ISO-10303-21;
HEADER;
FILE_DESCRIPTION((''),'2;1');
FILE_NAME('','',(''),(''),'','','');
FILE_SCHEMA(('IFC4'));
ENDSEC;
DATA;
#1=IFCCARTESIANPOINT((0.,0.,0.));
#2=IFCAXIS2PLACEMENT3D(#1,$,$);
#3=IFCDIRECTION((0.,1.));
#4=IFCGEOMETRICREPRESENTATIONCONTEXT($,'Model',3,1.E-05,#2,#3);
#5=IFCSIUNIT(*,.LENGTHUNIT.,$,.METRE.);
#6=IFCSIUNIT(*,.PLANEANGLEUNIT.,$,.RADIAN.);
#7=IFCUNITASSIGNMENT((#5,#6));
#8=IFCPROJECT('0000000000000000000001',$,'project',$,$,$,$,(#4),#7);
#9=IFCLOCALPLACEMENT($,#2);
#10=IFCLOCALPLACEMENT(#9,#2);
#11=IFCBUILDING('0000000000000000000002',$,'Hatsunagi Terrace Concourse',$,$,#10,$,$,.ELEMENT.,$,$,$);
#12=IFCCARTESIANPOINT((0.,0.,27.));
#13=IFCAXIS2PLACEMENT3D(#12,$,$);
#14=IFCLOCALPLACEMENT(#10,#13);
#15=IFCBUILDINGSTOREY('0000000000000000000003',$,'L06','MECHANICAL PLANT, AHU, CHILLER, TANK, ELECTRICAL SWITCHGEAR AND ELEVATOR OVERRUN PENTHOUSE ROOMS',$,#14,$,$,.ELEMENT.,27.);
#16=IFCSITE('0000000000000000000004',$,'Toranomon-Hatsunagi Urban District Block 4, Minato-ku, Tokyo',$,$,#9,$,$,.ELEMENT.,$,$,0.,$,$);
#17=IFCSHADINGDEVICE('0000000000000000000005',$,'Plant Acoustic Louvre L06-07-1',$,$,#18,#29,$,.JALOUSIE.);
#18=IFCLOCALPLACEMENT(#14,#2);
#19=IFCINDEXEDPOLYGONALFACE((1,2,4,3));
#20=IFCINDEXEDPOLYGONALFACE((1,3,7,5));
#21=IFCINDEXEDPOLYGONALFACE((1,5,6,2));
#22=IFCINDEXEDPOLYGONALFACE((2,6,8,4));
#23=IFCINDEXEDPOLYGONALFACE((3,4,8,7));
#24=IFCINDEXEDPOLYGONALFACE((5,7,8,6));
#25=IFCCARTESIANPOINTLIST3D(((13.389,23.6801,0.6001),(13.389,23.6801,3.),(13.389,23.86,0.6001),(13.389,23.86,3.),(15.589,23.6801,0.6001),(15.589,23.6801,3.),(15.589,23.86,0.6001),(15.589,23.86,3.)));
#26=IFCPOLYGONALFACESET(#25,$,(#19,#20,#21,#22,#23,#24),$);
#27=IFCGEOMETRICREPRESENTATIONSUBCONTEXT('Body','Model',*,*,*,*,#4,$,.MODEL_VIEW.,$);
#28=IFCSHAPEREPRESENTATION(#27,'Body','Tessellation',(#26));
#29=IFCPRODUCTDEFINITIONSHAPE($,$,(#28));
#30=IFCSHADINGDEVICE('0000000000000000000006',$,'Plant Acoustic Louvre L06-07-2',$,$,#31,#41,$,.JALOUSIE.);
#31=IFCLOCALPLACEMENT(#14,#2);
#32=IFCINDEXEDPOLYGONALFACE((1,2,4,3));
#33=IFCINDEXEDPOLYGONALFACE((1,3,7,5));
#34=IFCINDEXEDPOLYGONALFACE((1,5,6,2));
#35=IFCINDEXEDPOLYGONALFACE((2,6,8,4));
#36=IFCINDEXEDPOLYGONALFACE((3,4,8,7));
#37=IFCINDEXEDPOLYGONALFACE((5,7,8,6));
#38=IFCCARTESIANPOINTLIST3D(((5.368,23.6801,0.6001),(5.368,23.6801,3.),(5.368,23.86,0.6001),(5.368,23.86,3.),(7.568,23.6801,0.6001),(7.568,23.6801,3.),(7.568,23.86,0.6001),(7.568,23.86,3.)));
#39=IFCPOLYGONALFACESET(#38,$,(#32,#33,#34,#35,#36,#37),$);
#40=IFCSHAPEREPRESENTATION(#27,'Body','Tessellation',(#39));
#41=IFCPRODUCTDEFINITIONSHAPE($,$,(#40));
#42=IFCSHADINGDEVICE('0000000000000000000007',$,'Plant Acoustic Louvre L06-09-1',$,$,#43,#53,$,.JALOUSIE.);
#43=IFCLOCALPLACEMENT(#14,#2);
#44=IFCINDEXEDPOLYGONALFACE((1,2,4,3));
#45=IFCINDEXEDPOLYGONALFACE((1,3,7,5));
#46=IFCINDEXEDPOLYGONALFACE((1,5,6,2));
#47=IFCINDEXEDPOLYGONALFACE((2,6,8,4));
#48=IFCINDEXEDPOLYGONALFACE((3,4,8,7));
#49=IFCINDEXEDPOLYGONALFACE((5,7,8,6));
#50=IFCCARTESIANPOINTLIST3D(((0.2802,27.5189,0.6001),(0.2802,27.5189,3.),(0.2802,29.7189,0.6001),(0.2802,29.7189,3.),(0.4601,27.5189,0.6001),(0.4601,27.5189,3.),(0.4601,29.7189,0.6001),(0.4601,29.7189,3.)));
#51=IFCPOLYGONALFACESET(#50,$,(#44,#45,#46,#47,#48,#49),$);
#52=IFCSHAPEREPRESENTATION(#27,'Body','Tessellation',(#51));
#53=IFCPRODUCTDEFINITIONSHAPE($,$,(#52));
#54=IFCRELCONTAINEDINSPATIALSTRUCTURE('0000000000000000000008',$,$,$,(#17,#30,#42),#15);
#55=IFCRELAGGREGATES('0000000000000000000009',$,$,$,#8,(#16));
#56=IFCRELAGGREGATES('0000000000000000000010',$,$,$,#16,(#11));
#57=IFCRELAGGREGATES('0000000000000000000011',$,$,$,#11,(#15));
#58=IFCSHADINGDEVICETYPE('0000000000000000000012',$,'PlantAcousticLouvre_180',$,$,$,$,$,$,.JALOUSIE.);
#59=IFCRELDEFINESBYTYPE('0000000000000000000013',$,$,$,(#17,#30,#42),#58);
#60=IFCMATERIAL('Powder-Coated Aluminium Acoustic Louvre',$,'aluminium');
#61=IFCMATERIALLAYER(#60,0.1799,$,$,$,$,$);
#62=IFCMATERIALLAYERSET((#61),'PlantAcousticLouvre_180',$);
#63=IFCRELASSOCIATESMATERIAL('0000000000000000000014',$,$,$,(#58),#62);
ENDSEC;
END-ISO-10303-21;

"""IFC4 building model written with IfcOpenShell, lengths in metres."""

from ifc_helpers import new_model, si_unit, direction, frame, origin, origin_2d, place, context, subcontext, project, spatial, rectangle, extrude, material, layer, layer_set, type_object, element, save


model = new_model("IFC4")

# Units and contexts
model_context = context("Model", 3, precision=1e-05, world=origin(), true_north=direction((0.0, 1.0)))
body_context = subcontext(model_context, "Body", "Model", "MODEL_VIEW")
ifc_project = project(units=[si_unit("LENGTHUNIT", "METRE"), si_unit("PLANEANGLEUNIT", "RADIAN")], contexts=[model_context])

# Site, building, storey
site_placement = place(None, origin())
site = spatial("IfcSite", under=ifc_project, at=site_placement, Name="Toranomon-Hatsunagi Urban District Block 4, Minato-ku, Tokyo", CompositionType="ELEMENT", RefElevation=0.0)
building_placement = place(site_placement, origin())
building = spatial("IfcBuilding", under=site, at=building_placement, Name="Hatsunagi Terrace Concourse", CompositionType="ELEMENT")
storey_placement = place(building_placement, frame((0.0, 0.0, 27.0)))
storey = spatial("IfcBuildingStorey", under=building, at=storey_placement, Name="L06", Description="MECHANICAL PLANT, AHU, CHILLER, TANK, ELECTRICAL SWITCHGEAR AND ELEVATOR OVERRUN PENTHOUSE ROOMS", CompositionType="ELEMENT", Elevation=27.0)

# Shading devices
ifc_material_1 = material(Name="Powder-Coated Aluminium Acoustic Louvre", Category="aluminium")
ifc_layer_1 = layer(ifc_material_1, 0.1799)
ifc_layer_set_1 = layer_set([ifc_layer_1], Name="PlantAcousticLouvre_180")
shading_device_type = type_object("IfcShadingDeviceType", Name="PlantAcousticLouvre_180", PredefinedType="JALOUSIE", material=ifc_layer_set_1)
for number, where, z_axis, x_axis, name in (
    (1, (14.489, 23.77, 0.6001), (0.0, 0.0, 1.0), (-1.0, 0.0, 0.0), "Plant Acoustic Louvre L06-07-1"),
    (2, (6.468, 23.77, 0.6001), (0.0, 0.0, 1.0), (-1.0, 0.0, 0.0), "Plant Acoustic Louvre L06-07-2"),
    (3, (0.3701, 28.6189, 0.6001), (0.0, 0.0, 1.0), (0.0, 1.0, 0.0), "Plant Acoustic Louvre L06-09-1"),
):
    element("IfcShadingDevice", number, at=place(storey_placement, frame(where, z_axis=z_axis, x_axis=x_axis)), inside=storey, type_object=shading_device_type, Name=name, PredefinedType="JALOUSIE", context=body_context, shape_type="SweptSolid", body=[
        extrude(rectangle(XDim=2.2, YDim=0.1799, at=origin_2d()), origin(), (0.0, 0.0, 1.0), 2.3999),
    ])

save(model, "model.ifc")
